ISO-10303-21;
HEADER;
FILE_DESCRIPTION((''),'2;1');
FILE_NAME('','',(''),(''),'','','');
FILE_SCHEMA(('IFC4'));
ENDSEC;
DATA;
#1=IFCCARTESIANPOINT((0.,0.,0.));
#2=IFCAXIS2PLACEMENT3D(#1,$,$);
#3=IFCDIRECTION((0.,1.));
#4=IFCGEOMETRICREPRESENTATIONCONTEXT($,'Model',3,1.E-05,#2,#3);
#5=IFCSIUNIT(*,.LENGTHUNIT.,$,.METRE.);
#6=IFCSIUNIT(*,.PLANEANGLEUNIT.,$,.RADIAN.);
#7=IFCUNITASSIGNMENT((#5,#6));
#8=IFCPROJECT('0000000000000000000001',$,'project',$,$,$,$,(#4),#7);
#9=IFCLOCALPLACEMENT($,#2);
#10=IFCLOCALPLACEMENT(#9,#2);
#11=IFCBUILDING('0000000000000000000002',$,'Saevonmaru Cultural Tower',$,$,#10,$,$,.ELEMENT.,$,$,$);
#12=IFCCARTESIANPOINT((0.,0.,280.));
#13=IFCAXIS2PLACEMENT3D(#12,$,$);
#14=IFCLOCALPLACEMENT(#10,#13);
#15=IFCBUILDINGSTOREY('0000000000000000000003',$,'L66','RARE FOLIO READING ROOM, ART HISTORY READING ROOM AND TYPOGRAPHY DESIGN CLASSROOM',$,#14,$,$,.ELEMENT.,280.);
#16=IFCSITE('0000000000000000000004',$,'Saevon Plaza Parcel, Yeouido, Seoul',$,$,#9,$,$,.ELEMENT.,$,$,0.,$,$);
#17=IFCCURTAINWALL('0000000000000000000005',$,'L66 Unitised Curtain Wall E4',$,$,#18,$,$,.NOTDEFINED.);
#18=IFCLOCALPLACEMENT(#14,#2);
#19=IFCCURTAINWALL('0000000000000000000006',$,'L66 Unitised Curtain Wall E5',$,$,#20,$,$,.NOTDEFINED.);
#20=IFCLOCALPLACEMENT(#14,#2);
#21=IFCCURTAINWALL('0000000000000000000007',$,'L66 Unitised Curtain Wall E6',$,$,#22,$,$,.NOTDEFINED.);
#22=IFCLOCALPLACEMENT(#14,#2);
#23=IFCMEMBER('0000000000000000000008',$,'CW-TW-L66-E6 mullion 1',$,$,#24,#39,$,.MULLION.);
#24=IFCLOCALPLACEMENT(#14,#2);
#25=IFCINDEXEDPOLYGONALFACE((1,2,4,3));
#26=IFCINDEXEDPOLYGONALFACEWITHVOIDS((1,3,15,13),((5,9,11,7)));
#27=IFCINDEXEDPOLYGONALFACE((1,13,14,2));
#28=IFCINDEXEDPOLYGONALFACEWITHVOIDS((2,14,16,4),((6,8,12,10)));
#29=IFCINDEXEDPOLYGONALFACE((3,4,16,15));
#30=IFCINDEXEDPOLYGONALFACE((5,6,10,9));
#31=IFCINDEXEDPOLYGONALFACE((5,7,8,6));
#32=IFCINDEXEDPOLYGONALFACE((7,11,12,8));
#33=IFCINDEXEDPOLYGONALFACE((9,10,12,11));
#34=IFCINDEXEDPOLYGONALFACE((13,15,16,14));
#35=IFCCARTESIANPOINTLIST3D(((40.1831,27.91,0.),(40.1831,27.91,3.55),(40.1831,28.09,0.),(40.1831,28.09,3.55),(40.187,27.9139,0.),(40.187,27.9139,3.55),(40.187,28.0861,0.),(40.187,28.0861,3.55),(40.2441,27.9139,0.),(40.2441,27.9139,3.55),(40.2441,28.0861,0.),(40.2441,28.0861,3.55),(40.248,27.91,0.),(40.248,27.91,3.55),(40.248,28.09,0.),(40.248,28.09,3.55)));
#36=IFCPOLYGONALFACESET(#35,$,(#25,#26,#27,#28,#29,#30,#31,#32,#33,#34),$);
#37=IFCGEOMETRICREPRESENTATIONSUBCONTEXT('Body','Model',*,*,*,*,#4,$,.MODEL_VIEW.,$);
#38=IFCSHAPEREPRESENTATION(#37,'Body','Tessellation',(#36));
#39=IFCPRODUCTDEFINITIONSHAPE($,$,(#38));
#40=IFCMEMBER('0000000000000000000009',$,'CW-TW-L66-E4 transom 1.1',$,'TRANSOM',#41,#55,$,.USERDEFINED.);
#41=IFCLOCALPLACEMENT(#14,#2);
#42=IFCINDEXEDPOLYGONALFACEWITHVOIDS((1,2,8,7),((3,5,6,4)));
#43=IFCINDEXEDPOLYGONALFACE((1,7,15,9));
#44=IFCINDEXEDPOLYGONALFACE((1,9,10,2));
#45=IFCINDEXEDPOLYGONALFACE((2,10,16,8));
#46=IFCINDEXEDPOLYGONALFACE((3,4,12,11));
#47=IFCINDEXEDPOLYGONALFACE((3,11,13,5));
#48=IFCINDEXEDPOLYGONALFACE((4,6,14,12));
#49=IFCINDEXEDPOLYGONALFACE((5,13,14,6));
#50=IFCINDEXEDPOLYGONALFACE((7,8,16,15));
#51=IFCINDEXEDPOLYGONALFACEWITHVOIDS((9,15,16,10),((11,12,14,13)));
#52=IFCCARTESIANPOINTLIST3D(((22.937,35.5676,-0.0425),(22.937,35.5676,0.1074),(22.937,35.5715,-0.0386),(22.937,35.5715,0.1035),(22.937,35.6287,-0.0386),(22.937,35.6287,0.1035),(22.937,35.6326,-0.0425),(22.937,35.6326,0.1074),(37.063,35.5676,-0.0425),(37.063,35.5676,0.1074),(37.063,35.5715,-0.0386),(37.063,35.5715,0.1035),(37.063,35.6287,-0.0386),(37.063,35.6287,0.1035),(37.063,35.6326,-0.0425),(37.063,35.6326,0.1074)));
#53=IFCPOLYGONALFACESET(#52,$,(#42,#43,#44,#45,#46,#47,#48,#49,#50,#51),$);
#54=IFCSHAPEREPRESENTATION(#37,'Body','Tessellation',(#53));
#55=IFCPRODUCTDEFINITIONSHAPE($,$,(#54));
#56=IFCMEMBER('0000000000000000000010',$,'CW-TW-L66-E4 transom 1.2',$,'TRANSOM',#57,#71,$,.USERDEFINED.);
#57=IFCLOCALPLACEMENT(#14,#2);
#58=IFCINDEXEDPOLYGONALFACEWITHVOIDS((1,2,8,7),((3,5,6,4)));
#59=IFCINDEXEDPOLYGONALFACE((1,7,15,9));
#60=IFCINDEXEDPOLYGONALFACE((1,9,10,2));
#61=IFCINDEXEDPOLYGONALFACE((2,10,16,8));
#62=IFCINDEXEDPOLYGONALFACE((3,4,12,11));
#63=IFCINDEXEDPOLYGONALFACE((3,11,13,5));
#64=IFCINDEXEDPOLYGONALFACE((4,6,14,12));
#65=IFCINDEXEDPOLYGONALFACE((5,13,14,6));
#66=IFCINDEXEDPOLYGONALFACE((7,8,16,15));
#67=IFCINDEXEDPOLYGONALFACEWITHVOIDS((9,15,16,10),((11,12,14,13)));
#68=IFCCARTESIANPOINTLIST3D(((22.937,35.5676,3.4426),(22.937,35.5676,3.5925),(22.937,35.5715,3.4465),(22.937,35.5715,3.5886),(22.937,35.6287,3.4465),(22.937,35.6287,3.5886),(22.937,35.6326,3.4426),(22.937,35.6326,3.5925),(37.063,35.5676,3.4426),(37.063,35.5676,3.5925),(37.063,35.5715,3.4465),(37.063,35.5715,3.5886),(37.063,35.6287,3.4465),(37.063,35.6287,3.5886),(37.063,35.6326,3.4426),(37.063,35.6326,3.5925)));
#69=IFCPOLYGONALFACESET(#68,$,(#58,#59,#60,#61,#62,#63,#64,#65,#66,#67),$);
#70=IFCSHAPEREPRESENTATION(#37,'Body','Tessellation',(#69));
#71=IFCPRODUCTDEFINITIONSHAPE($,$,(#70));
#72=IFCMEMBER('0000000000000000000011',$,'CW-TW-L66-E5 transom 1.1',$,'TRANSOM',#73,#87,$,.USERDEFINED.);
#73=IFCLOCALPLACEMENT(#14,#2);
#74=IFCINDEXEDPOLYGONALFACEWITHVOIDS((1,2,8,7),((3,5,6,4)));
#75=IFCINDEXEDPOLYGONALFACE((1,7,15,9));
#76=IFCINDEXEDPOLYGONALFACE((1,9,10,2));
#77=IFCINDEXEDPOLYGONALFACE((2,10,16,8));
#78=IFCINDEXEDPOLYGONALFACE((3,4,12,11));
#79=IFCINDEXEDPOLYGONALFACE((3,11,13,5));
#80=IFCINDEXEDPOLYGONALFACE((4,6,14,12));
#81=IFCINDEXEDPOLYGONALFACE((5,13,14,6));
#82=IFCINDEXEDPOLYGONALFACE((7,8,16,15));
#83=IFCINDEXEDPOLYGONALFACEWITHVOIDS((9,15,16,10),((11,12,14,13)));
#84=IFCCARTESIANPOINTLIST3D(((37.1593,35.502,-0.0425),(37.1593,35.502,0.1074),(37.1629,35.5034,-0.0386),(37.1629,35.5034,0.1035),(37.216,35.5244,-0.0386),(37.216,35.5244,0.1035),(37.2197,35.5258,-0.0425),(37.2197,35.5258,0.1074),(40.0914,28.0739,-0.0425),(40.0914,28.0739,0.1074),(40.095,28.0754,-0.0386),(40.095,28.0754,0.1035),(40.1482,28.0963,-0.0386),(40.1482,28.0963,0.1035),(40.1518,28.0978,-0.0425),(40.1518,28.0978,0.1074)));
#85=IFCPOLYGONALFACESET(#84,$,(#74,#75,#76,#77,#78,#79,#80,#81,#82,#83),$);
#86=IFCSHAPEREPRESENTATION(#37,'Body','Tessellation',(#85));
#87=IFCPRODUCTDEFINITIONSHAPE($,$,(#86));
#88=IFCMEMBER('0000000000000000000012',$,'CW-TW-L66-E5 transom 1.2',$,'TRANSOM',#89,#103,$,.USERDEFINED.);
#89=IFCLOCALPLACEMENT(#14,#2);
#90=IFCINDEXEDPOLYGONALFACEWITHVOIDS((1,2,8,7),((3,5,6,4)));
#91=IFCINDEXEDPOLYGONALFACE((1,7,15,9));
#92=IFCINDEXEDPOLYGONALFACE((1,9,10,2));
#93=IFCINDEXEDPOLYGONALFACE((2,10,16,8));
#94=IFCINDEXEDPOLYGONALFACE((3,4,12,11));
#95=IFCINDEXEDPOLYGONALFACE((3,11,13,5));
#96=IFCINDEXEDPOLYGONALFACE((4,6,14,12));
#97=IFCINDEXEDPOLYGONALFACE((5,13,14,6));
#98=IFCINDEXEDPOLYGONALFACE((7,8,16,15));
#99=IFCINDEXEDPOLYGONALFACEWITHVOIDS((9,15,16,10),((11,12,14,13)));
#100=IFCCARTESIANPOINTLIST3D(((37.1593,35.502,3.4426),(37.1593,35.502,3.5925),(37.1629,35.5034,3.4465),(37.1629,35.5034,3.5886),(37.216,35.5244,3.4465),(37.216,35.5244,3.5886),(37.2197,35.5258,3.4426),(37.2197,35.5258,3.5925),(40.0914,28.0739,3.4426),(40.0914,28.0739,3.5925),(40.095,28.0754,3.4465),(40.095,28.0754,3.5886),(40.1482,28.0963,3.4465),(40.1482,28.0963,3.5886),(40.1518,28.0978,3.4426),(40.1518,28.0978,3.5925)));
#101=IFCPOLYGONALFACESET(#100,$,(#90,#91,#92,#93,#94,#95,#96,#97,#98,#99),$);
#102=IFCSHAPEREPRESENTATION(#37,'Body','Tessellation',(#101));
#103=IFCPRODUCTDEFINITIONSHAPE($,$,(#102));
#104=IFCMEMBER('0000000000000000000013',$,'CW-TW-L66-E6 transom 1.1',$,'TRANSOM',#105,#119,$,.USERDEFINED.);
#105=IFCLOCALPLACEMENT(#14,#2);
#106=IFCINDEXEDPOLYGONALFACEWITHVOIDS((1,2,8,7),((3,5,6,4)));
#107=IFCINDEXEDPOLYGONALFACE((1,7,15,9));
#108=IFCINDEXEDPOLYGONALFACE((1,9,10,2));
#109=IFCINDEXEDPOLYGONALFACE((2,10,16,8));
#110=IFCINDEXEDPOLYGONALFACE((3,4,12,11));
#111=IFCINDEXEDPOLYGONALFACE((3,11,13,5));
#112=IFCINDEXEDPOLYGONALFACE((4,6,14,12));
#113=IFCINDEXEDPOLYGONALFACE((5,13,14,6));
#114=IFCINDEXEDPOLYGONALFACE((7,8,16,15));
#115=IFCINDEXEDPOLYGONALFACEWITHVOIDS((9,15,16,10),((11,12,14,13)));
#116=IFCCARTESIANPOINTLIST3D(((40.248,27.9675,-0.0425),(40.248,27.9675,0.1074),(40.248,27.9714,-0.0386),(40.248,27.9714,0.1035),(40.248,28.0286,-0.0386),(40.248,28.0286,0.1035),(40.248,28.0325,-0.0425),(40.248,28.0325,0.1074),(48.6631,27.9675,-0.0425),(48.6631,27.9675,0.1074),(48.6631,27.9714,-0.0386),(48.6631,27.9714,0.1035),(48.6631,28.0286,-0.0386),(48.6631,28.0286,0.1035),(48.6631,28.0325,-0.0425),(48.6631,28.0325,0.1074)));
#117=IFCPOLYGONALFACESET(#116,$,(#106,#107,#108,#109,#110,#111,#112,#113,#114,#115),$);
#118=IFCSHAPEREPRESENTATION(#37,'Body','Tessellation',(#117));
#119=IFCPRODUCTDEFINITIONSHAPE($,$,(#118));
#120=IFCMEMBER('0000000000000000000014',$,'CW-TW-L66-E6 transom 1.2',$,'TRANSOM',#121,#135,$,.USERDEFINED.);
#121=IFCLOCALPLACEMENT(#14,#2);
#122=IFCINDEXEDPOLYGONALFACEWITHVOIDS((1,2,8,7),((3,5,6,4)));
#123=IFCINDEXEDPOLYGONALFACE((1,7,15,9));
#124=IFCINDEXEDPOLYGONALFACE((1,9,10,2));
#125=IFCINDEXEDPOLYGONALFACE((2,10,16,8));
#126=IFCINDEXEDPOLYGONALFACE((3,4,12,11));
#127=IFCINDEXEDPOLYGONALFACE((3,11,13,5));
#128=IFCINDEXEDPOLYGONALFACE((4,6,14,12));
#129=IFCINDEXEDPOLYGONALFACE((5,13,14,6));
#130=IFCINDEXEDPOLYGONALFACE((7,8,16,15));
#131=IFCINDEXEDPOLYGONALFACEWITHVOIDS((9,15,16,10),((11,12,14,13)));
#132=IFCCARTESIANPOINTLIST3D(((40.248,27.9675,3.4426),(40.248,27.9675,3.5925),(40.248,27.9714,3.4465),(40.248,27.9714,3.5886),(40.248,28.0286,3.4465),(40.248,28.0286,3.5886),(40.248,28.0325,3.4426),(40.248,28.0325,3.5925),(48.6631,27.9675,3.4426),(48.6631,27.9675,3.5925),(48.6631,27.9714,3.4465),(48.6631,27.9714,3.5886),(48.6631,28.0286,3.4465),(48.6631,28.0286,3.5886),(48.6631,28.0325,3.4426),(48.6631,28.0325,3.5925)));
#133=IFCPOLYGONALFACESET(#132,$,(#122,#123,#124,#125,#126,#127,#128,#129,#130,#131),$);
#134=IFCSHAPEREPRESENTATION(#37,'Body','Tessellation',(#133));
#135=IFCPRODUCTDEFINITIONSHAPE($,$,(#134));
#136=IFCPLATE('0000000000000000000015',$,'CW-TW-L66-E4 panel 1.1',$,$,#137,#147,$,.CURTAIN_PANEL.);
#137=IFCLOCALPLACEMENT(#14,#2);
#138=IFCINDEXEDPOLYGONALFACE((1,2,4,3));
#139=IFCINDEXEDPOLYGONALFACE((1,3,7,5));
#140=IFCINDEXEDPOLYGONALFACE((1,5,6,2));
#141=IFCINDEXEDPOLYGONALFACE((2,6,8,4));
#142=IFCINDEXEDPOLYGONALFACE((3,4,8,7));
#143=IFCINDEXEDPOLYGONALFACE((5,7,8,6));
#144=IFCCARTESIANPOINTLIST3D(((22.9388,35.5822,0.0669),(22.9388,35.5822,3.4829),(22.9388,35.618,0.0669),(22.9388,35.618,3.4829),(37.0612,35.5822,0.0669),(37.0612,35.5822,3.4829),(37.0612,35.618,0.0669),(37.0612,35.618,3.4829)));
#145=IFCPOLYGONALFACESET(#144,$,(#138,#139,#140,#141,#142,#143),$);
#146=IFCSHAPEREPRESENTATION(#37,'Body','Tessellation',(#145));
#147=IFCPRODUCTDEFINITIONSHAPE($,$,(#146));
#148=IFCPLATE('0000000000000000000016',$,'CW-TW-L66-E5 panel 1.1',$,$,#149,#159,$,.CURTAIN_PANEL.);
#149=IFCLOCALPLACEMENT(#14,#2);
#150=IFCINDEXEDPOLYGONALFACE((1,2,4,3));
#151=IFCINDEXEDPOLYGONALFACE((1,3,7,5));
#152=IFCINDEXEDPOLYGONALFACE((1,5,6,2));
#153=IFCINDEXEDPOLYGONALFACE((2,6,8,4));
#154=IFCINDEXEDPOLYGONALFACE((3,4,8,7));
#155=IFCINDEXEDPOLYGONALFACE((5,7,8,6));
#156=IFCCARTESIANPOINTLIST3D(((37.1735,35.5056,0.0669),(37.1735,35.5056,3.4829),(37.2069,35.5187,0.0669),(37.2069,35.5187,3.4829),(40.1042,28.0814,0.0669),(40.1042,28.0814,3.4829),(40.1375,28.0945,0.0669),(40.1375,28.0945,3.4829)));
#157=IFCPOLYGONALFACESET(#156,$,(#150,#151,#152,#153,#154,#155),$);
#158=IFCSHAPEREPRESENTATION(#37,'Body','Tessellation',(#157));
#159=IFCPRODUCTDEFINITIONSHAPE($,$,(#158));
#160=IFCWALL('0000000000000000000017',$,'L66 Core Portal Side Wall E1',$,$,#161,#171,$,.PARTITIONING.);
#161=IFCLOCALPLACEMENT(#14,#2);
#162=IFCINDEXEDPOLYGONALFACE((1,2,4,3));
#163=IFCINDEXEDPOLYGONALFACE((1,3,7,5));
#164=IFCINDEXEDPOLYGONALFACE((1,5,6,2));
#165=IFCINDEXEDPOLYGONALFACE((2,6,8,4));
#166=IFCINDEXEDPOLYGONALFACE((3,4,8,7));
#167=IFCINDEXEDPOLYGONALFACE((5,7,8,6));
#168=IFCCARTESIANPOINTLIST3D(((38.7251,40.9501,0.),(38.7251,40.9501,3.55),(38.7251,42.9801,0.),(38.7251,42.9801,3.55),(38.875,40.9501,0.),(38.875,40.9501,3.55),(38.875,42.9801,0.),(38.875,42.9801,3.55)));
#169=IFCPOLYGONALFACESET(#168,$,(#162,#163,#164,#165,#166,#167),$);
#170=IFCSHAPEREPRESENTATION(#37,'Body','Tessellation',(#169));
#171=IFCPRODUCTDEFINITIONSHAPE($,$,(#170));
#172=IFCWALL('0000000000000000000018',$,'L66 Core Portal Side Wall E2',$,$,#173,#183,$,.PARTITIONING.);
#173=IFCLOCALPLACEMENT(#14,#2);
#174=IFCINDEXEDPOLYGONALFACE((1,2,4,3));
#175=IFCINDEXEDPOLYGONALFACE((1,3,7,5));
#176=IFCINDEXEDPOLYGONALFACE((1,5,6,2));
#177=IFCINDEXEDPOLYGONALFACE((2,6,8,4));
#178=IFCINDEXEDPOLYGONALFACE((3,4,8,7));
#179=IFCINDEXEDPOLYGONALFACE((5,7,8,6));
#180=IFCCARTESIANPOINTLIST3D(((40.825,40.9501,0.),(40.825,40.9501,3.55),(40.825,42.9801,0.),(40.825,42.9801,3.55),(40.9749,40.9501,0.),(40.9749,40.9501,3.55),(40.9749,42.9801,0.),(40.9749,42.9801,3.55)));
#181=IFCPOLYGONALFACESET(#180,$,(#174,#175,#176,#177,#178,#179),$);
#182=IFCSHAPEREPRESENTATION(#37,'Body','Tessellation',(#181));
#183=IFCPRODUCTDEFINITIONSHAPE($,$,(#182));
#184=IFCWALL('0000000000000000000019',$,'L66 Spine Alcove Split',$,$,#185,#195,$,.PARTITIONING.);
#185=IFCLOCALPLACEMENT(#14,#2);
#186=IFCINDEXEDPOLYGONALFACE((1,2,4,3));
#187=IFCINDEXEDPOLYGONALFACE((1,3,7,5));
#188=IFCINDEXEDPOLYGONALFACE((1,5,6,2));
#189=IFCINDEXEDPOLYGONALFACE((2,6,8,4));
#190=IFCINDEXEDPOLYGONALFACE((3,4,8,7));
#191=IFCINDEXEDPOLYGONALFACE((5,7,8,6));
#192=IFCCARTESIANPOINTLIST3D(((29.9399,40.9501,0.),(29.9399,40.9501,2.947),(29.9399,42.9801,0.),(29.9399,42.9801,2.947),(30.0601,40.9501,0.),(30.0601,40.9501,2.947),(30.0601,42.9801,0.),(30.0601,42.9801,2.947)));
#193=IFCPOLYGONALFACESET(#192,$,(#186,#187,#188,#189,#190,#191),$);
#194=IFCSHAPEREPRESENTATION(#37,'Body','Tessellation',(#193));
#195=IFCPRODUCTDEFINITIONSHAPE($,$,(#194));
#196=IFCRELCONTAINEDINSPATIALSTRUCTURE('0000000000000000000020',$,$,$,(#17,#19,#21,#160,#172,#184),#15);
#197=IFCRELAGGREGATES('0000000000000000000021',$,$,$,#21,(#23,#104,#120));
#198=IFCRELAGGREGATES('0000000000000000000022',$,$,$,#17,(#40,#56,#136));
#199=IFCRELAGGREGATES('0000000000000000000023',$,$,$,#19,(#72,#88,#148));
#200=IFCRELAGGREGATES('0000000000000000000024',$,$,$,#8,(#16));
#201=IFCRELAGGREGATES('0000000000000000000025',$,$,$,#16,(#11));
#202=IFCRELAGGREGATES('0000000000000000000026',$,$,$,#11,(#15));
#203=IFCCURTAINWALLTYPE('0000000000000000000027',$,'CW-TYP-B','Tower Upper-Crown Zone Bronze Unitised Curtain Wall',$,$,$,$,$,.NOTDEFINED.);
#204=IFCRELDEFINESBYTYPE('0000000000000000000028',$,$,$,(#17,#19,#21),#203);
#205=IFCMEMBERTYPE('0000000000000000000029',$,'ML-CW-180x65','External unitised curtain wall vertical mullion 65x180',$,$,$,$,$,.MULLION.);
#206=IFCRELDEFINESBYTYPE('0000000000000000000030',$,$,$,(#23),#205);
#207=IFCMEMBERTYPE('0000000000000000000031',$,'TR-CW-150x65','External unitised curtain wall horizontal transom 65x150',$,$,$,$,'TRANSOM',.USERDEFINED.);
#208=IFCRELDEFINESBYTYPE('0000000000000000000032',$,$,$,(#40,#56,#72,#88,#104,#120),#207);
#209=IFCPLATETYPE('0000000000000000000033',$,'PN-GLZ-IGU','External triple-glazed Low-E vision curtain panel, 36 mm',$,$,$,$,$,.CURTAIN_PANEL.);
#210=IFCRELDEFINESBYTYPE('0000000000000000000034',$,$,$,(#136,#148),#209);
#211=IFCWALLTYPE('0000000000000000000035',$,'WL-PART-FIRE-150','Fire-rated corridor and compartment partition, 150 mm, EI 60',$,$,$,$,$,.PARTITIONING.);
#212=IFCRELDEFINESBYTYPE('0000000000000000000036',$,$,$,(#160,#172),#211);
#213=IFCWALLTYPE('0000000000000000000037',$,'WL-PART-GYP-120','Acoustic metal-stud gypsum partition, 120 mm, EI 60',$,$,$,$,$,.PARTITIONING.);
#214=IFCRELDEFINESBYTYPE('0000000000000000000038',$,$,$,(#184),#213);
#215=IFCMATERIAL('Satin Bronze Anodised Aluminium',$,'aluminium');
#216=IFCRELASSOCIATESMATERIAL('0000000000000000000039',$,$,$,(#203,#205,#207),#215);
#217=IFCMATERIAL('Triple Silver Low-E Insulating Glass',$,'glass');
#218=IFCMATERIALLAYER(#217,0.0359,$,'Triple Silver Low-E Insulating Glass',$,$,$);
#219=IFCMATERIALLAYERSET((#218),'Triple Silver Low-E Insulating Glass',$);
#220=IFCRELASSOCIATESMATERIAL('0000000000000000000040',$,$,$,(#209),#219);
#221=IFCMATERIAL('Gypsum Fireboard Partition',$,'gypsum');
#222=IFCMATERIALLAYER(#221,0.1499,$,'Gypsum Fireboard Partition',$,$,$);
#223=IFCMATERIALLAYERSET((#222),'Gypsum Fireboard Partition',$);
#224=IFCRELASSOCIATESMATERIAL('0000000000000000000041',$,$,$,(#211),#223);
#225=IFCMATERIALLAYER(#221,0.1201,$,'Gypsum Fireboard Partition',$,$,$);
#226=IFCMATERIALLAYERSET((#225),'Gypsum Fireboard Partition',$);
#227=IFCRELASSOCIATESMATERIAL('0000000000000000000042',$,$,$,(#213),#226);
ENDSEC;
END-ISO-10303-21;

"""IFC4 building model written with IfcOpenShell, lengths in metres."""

from ifc_helpers import new_model, si_unit, direction, frame, frame_2d, origin, origin_2d, place, context, subcontext, project, spatial, rectangle, hollow_rectangle, extrude, material, layer, layer_set, material_profile, profile_set, type_object, element, aggregate, save


model = new_model("IFC4")

# Units and contexts
model_context = context("Model", 3, precision=1e-05, world=origin(), true_north=direction((0.0, 1.0)))
body_context = subcontext(model_context, "Body", "Model", "MODEL_VIEW")
ifc_project = project(units=[si_unit("LENGTHUNIT", "METRE"), si_unit("PLANEANGLEUNIT", "RADIAN")], contexts=[model_context])

# Site, building, storey
site_placement = place(None, origin())
site = spatial("IfcSite", under=ifc_project, at=site_placement, Name="Saevon Plaza Parcel, Yeouido, Seoul", CompositionType="ELEMENT", RefElevation=0.0)
building_placement = place(site_placement, origin())
building = spatial("IfcBuilding", under=site, at=building_placement, Name="Saevonmaru Cultural Tower", CompositionType="ELEMENT")
storey_placement = place(building_placement, frame((0.0, 0.0, 280.0)))
storey = spatial("IfcBuildingStorey", under=building, at=storey_placement, Name="L66", Description="RARE FOLIO READING ROOM, ART HISTORY READING ROOM AND TYPOGRAPHY DESIGN CLASSROOM", CompositionType="ELEMENT", Elevation=280.0)

# Shared definitions
ifc_material_1 = material(Name="Satin Bronze Anodised Aluminium", Category="aluminium")
curtain_wall_type = type_object("IfcCurtainWallType", Name="CW-TYP-B", Description="Tower Upper-Crown Zone Bronze Unitised Curtain Wall", PredefinedType="NOTDEFINED", material=ifc_material_1)
ifc_material_profile_1 = material_profile(ifc_material_1, hollow_rectangle(XDim=0.0649, YDim=0.1799, WallThickness=0.0039, at=origin_2d()), Name="ALU-MULL-180x65x4")
ifc_profile_set_1 = profile_set([ifc_material_profile_1], Name="Satin Bronze Anodised Aluminium")
member_type_1 = type_object("IfcMemberType", Name="ML-CW-180x65", Description="External unitised curtain wall vertical mullion 65x180", PredefinedType="MULLION", material=ifc_profile_set_1)

# Curtain walls
curtain_wall_1_placement = place(storey_placement, origin())
curtain_wall_1 = element("IfcCurtainWall", 1, at=curtain_wall_1_placement, inside=storey, type_object=curtain_wall_type, Name="L66 Unitised Curtain Wall E4", PredefinedType="NOTDEFINED")
curtain_wall_2_placement = place(storey_placement, origin())
curtain_wall_2 = element("IfcCurtainWall", 2, at=curtain_wall_2_placement, inside=storey, type_object=curtain_wall_type, Name="L66 Unitised Curtain Wall E5", PredefinedType="NOTDEFINED")

# Curtain wall, member
curtain_wall_3_placement = place(storey_placement, origin())
curtain_wall_3 = element("IfcCurtainWall", 3, at=curtain_wall_3_placement, inside=storey, type_object=curtain_wall_type, Name="L66 Unitised Curtain Wall E6", PredefinedType="NOTDEFINED")
member_1_placement = place(storey_placement, frame((40.2156, 28.0, 0.0), z_axis=(0.0, 0.0, 1.0), x_axis=(1.0, 0.0, 0.0)))
member_1 = element("IfcMember", 4, at=member_1_placement, type_object=member_type_1, Name="CW-TW-L66-E6 mullion 1", PredefinedType="MULLION", context=body_context, shape_type="SweptSolid", body=[
    extrude(hollow_rectangle(XDim=0.0649, YDim=0.1799, WallThickness=0.0039, at=origin_2d()), origin(), (0.0, 0.0, 1.0), 3.55),
])

# Members
ifc_material_profile_2 = material_profile(ifc_material_1, hollow_rectangle(XDim=0.0649, YDim=0.1499, WallThickness=0.0039, at=origin_2d()), Name="ALU-TRAN-150x65x4")
ifc_profile_set_2 = profile_set([ifc_material_profile_2], Name="Satin Bronze Anodised Aluminium")
member_type_2 = type_object("IfcMemberType", Name="TR-CW-150x65", Description="External unitised curtain wall horizontal transom 65x150", ElementType="TRANSOM", PredefinedType="USERDEFINED", material=ifc_profile_set_2)
member_2_placement = place(storey_placement, frame((22.937, 35.6001, 0.0325), z_axis=(1.0, 0.0, 0.0), x_axis=(0.0, 1.0, 0.0)))
member_2 = element("IfcMember", 5, at=member_2_placement, type_object=member_type_2, Name="CW-TW-L66-E4 transom 1.1", ObjectType="TRANSOM", PredefinedType="USERDEFINED", context=body_context, shape_type="SweptSolid", body=[
    extrude(hollow_rectangle(XDim=0.0649, YDim=0.1499, WallThickness=0.0039, at=origin_2d()), origin(), (0.0, 0.0, 1.0), 14.126),
])
member_3_placement = place(storey_placement, frame((22.937, 35.6001, 3.5176), z_axis=(1.0, 0.0, 0.0), x_axis=(0.0, 1.0, 0.0)))
member_3 = element("IfcMember", 6, at=member_3_placement, type_object=member_type_2, Name="CW-TW-L66-E4 transom 1.2", ObjectType="TRANSOM", PredefinedType="USERDEFINED", context=body_context, shape_type="SweptSolid", body=[
    extrude(hollow_rectangle(XDim=0.0649, YDim=0.1499, WallThickness=0.0039, at=origin_2d()), origin(), (0.0, 0.0, 1.0), 14.126),
])
member_4_placement = place(storey_placement, frame((37.1895, 35.5139, 0.0325), z_axis=(0.36717, -0.930154, 0.0), x_axis=(0.930154, 0.36717, 0.0)))
member_4 = element("IfcMember", 7, at=member_4_placement, type_object=member_type_2, Name="CW-TW-L66-E5 transom 1.1", ObjectType="TRANSOM", PredefinedType="USERDEFINED", context=body_context, shape_type="SweptSolid", body=[
    extrude(hollow_rectangle(XDim=0.0649, YDim=0.1499, WallThickness=0.0039, at=origin_2d()), origin(), (0.0, 0.0, 1.0), 7.9858),
])
member_5_placement = place(storey_placement, frame((37.1895, 35.5139, 3.5176), z_axis=(0.36717, -0.930154, 0.0), x_axis=(0.930154, 0.36717, 0.0)))
member_5 = element("IfcMember", 8, at=member_5_placement, type_object=member_type_2, Name="CW-TW-L66-E5 transom 1.2", ObjectType="TRANSOM", PredefinedType="USERDEFINED", context=body_context, shape_type="SweptSolid", body=[
    extrude(hollow_rectangle(XDim=0.0649, YDim=0.1499, WallThickness=0.0039, at=origin_2d()), origin(), (0.0, 0.0, 1.0), 7.9858),
])
member_6_placement = place(storey_placement, frame((40.248, 28.0, 0.0325), z_axis=(1.0, 0.0, 0.0), x_axis=(0.0, 1.0, 0.0)))
member_6 = element("IfcMember", 9, at=member_6_placement, type_object=member_type_2, Name="CW-TW-L66-E6 transom 1.1", ObjectType="TRANSOM", PredefinedType="USERDEFINED", context=body_context, shape_type="SweptSolid", body=[
    extrude(hollow_rectangle(XDim=0.0649, YDim=0.1499, WallThickness=0.0039, at=origin_2d()), origin(), (0.0, 0.0, 1.0), 8.415),
])
member_7_placement = place(storey_placement, frame((40.248, 28.0, 3.5176), z_axis=(1.0, 0.0, 0.0), x_axis=(0.0, 1.0, 0.0)))
member_7 = element("IfcMember", 10, at=member_7_placement, type_object=member_type_2, Name="CW-TW-L66-E6 transom 1.2", ObjectType="TRANSOM", PredefinedType="USERDEFINED", context=body_context, shape_type="SweptSolid", body=[
    extrude(hollow_rectangle(XDim=0.0649, YDim=0.1499, WallThickness=0.0039, at=origin_2d()), origin(), (0.0, 0.0, 1.0), 8.415),
])
aggregate(curtain_wall_3, [member_1, member_6, member_7])

# Plates
ifc_material_2 = material(Name="Triple Silver Low-E Insulating Glass", Category="glass")
ifc_layer_1 = layer(ifc_material_2, 0.0359, Name="Triple Silver Low-E Insulating Glass")
ifc_layer_set_1 = layer_set([ifc_layer_1], Name="Triple Silver Low-E Insulating Glass")
plate_type = type_object("IfcPlateType", Name="PN-GLZ-IGU", Description="External triple-glazed Low-E vision curtain panel, 36 mm", PredefinedType="CURTAIN_PANEL", material=ifc_layer_set_1)
plate_1_placement = place(storey_placement, frame((30.0, 35.6001, 0.0669), z_axis=(0.0, 0.0, 1.0), x_axis=(1.0, 0.0, 0.0)))
plate_1 = element("IfcPlate", 11, at=plate_1_placement, type_object=plate_type, Name="CW-TW-L66-E4 panel 1.1", PredefinedType="CURTAIN_PANEL", context=body_context, shape_type="SweptSolid", body=[
    extrude(rectangle(XDim=14.1223, YDim=0.0359, at=origin_2d()), origin(), (0.0, 0.0, 1.0), 3.416),
])
aggregate(curtain_wall_1, [member_2, member_3, plate_1])
plate_2_placement = place(storey_placement, frame((38.6555, 31.8, 0.0669), z_axis=(0.0, 0.0, 1.0), x_axis=(0.367172, -0.930153, 0.0)))
plate_2 = element("IfcPlate", 12, at=plate_2_placement, type_object=plate_type, Name="CW-TW-L66-E5 panel 1.1", PredefinedType="CURTAIN_PANEL", context=body_context, shape_type="SweptSolid", body=[
    extrude(rectangle(XDim=7.9817, YDim=0.0359, at=origin_2d()), origin(), (0.0, 0.0, 1.0), 3.416),
])
aggregate(curtain_wall_2, [member_4, member_5, plate_2])

# Walls
ifc_material_3 = material(Name="Gypsum Fireboard Partition", Category="gypsum")
ifc_layer_2 = layer(ifc_material_3, 0.1499, Name="Gypsum Fireboard Partition")
ifc_layer_set_2 = layer_set([ifc_layer_2], Name="Gypsum Fireboard Partition")
wall_type_1 = type_object("IfcWallType", Name="WL-PART-FIRE-150", Description="Fire-rated corridor and compartment partition, 150 mm, EI 60", PredefinedType="PARTITIONING", material=ifc_layer_set_2)
for number, where, z_axis, x_axis, name in (
    (13, (38.8, 40.95, 0.0), (0.0, 0.0, 1.0), (0.0, 1.0, 0.0), "L66 Core Portal Side Wall E1"),
    (14, (40.8999, 40.95, 0.0), (0.0, 0.0, 1.0), (0.0, 1.0, 0.0), "L66 Core Portal Side Wall E2"),
):
    element("IfcWall", number, at=place(storey_placement, frame(where, z_axis=z_axis, x_axis=x_axis)), inside=storey, type_object=wall_type_1, Name=name, PredefinedType="PARTITIONING", context=body_context, shape_type="SweptSolid", body=[
        extrude(rectangle(XDim=2.03, YDim=0.1499, at=frame_2d((1.0151, 0.0))), origin(), (0.0, 0.0, 1.0), 3.55),
    ])
ifc_layer_3 = layer(ifc_material_3, 0.1201, Name="Gypsum Fireboard Partition")
ifc_layer_set_3 = layer_set([ifc_layer_3], Name="Gypsum Fireboard Partition")
wall_type_2 = type_object("IfcWallType", Name="WL-PART-GYP-120", Description="Acoustic metal-stud gypsum partition, 120 mm, EI 60", PredefinedType="PARTITIONING", material=ifc_layer_set_3)
wall_1_placement = place(storey_placement, frame((30.0, 40.95, 0.0), z_axis=(0.0, 0.0, 1.0), x_axis=(0.0, 1.0, 0.0)))
element("IfcWall", 15, at=wall_1_placement, inside=storey, type_object=wall_type_2, Name="L66 Spine Alcove Split", PredefinedType="PARTITIONING", context=body_context, shape_type="SweptSolid", body=[
    extrude(rectangle(XDim=2.03, YDim=0.1201, at=frame_2d((1.0151, 0.0))), origin(), (0.0, 0.0, 1.0), 2.947),
])

save(model, "model.ifc")
